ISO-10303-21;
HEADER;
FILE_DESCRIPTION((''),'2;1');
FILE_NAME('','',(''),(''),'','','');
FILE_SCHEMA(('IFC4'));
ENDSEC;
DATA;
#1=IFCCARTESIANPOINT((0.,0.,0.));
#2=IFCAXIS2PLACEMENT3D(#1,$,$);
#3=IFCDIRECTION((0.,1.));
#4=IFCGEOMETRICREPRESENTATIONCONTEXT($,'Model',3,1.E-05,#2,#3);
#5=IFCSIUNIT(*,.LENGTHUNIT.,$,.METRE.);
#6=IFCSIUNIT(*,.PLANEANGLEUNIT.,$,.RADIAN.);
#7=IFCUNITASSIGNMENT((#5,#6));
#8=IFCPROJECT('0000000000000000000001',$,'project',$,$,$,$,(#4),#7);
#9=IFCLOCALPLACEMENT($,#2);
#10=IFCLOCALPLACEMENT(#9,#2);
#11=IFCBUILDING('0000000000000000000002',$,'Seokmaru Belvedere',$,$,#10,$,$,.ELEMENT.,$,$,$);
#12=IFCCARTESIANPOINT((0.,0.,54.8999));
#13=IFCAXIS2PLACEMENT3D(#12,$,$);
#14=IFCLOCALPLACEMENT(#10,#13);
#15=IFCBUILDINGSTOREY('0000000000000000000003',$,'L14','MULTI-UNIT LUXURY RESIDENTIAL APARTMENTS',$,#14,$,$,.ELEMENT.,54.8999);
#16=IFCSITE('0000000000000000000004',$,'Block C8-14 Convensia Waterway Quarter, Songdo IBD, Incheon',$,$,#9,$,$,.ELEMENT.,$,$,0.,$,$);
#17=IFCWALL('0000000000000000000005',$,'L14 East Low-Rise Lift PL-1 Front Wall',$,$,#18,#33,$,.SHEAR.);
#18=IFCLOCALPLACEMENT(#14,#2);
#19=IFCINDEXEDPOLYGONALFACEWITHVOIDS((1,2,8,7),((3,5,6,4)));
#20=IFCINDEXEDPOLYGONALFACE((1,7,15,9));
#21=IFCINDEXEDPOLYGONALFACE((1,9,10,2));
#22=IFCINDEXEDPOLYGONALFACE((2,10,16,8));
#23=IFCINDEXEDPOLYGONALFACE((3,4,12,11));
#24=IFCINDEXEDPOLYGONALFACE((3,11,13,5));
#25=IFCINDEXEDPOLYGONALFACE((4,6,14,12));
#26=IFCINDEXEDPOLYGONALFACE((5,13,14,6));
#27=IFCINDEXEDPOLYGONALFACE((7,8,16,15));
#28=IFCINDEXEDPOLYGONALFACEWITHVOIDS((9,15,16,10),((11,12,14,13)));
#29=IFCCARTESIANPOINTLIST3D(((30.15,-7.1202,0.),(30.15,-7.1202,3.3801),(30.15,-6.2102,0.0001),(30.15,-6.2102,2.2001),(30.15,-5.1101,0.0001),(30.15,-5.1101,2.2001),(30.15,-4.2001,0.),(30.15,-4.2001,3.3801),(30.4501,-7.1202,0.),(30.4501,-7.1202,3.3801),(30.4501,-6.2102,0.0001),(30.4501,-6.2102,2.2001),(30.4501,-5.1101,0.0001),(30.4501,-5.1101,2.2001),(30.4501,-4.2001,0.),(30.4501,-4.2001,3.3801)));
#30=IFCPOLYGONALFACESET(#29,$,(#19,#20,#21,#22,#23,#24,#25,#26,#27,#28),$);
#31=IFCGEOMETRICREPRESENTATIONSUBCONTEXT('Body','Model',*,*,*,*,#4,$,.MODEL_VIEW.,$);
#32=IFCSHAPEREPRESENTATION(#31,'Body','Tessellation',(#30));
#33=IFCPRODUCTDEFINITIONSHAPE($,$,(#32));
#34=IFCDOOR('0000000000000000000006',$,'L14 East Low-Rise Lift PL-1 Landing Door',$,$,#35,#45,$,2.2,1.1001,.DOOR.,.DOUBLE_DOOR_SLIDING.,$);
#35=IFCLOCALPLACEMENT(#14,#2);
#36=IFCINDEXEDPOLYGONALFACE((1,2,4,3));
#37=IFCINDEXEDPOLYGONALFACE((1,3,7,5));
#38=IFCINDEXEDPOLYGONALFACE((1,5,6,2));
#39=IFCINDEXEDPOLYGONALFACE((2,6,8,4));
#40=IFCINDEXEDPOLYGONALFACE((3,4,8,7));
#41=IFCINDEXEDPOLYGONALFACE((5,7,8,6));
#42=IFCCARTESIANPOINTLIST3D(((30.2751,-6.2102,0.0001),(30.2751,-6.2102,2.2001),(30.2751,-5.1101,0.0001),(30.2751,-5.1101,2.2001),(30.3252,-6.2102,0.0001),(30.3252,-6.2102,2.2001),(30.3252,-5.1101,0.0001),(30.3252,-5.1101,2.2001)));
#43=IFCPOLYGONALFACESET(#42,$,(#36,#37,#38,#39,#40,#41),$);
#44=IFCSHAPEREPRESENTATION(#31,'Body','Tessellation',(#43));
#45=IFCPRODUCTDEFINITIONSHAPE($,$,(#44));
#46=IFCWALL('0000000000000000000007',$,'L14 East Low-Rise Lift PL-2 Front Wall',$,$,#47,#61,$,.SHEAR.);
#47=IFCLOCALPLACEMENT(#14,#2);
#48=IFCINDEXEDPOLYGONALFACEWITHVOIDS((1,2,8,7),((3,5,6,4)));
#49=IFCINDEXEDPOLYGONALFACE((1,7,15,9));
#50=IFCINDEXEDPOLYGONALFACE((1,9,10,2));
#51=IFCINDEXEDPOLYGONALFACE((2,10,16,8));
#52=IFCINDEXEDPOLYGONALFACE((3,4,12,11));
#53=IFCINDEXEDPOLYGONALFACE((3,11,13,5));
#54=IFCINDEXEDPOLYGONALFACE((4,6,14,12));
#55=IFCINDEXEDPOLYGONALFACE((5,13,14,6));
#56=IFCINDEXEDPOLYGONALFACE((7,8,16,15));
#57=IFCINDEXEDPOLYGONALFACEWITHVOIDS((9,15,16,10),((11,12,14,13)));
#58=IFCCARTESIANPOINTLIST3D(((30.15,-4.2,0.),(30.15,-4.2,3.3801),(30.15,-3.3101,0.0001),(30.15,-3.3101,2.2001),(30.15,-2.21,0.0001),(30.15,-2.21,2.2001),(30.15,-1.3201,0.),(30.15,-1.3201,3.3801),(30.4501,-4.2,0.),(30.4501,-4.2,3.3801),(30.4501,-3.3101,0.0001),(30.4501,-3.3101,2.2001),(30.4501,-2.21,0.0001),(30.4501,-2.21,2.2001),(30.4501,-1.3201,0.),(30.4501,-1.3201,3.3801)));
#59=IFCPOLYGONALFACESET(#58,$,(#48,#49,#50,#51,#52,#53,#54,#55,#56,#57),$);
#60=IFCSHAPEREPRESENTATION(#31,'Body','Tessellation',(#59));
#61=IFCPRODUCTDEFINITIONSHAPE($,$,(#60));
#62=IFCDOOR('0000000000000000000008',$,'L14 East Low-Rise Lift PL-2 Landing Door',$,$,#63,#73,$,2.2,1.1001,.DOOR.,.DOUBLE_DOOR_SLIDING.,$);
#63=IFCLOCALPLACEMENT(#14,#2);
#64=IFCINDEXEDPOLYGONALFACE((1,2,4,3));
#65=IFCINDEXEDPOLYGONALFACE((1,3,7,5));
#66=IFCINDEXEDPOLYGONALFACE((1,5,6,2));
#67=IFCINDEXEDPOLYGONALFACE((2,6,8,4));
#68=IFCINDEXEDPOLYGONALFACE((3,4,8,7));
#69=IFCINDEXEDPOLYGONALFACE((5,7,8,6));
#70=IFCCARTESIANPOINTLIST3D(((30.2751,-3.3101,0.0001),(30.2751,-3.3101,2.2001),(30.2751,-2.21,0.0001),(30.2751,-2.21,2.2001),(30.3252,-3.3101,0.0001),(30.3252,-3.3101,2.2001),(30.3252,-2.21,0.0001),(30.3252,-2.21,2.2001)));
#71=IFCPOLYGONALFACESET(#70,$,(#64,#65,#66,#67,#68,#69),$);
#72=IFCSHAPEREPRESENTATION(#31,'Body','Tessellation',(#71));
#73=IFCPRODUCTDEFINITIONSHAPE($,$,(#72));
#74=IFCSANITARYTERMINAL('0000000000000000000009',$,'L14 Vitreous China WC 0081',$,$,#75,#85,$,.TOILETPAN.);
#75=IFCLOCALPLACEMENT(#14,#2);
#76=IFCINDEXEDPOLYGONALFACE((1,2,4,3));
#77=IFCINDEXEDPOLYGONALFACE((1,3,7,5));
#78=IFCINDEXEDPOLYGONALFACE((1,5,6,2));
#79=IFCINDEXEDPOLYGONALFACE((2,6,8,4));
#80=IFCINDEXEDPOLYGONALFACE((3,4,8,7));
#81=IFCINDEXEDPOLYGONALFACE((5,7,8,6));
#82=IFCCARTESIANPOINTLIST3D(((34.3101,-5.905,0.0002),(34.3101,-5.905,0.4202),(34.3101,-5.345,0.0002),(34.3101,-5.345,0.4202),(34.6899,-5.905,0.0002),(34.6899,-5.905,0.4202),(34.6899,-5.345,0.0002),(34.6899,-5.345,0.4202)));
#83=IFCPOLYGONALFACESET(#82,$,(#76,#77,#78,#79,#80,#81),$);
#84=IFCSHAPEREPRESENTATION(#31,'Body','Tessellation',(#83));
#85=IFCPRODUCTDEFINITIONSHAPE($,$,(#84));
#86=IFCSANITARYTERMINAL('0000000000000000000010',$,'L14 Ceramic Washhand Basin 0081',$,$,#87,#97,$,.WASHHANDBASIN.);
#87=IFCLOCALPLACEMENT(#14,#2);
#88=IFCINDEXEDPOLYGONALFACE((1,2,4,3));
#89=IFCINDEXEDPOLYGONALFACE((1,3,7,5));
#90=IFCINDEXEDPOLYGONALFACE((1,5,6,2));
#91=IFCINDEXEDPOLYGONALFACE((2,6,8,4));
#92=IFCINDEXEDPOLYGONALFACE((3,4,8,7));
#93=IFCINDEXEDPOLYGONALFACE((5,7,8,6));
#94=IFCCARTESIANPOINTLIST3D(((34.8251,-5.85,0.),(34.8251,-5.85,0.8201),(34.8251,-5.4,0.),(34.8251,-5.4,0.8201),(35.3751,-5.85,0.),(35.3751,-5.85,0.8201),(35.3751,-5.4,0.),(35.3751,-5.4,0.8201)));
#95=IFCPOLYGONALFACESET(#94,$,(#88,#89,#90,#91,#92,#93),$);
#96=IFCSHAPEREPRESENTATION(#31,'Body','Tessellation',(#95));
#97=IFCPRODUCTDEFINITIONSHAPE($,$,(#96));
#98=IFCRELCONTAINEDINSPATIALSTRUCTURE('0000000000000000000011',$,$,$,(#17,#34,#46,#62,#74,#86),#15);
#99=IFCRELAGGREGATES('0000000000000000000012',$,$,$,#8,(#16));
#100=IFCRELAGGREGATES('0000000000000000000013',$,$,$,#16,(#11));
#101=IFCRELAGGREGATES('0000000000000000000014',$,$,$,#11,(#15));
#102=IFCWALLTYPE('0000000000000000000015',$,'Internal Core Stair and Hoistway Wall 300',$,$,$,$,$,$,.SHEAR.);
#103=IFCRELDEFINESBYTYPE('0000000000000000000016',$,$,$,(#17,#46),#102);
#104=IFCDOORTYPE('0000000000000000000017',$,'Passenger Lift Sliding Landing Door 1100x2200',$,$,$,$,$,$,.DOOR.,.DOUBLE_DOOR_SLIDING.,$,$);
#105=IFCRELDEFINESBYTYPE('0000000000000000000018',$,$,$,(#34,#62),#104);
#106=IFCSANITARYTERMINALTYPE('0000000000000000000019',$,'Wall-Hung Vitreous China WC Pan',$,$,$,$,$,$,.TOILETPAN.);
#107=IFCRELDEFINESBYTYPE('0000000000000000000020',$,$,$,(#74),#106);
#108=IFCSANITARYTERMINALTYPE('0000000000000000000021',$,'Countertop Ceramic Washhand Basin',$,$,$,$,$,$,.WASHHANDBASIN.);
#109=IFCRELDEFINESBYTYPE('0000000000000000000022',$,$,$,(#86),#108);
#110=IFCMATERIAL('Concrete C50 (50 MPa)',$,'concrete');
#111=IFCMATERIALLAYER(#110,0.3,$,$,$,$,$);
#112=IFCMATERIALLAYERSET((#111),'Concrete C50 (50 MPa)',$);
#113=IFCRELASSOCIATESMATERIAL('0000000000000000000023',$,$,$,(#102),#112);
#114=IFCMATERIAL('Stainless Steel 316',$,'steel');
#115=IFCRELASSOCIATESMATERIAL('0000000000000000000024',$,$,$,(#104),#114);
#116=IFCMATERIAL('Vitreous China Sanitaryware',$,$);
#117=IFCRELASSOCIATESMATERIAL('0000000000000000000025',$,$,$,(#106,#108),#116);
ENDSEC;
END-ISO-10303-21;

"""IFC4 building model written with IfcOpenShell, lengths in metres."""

from ifc_helpers import new_model, si_unit, direction, frame, frame_2d, origin, origin_2d, place, context, subcontext, project, spatial, rectangle, extrude, source, transform, mapped, material, layer, layer_set, type_object, type_shapes, element, fill, save


model = new_model("IFC4")

# Units and contexts
model_context = context("Model", 3, precision=1e-05, world=origin(), true_north=direction((0.0, 1.0)))
body_context = subcontext(model_context, "Body", "Model", "MODEL_VIEW")
ifc_project = project(units=[si_unit("LENGTHUNIT", "METRE"), si_unit("PLANEANGLEUNIT", "RADIAN")], contexts=[model_context])

# Site, building, storey
site_placement = place(None, origin())
site = spatial("IfcSite", under=ifc_project, at=site_placement, Name="Block C8-14 Convensia Waterway Quarter, Songdo IBD, Incheon", CompositionType="ELEMENT", RefElevation=0.0)
building_placement = place(site_placement, origin())
building = spatial("IfcBuilding", under=site, at=building_placement, Name="Seokmaru Belvedere", CompositionType="ELEMENT")
storey_placement = place(building_placement, frame((0.0, 0.0, 54.8999)))
storey = spatial("IfcBuildingStorey", under=building, at=storey_placement, Name="L14", Description="MULTI-UNIT LUXURY RESIDENTIAL APARTMENTS", CompositionType="ELEMENT", Elevation=54.8999)

# Shared definitions
ifc_material_1 = material(Name="Concrete C50 (50 MPa)", Category="concrete")

# Walls, openings, doors
ifc_layer_1 = layer(ifc_material_1, 0.3)
ifc_layer_set_1 = layer_set([ifc_layer_1], Name="Concrete C50 (50 MPa)")
wall_type_1 = type_object("IfcWallType", Name="Internal Core Stair and Hoistway Wall 300", PredefinedType="SHEAR", material=ifc_layer_set_1)
wall_1_placement = place(storey_placement, frame((30.3, -7.1201, 0.0), z_axis=(0.0, 0.0, 1.0), x_axis=(0.0, 1.0, 0.0)))
wall_1 = element("IfcWall", 1, at=wall_1_placement, inside=storey, type_object=wall_type_1, Name="L14 East Low-Rise Lift PL-1 Front Wall", PredefinedType="SHEAR", context=body_context, shape_type="SweptSolid", body=[
    extrude(rectangle(XDim=2.9202, YDim=0.3, at=frame_2d((1.46, 0.0))), origin(), (0.0, 0.0, 1.0), 3.3801),
])
opening_1_placement = place(wall_1_placement, frame((0.9099, 0.0, 0.0)))
opening_1 = element("IfcOpeningElement", 2, at=opening_1_placement, cuts=wall_1, PredefinedType="OPENING", context=body_context, shape_type="SweptSolid", body=[
    extrude(rectangle(XDim=1.1001, YDim=2.2, at=frame_2d((0.55, 1.1001))), frame((0.0, 0.1602, 0.0), z_axis=(0.0, -1.0, 0.0), x_axis=(1.0, 0.0, 0.0)), (0.0, 0.0, 1.0), 0.3201),
])
ifc_material_2 = material(Name="Stainless Steel 316", Category="steel")
door_type_1 = type_object("IfcDoorType", Name="Passenger Lift Sliding Landing Door 1100x2200", OperationType="DOUBLE_DOOR_SLIDING", PredefinedType="DOOR", material=ifc_material_2)
shared_shape_1 = source(origin(), body_context, "Body", "SweptSolid", [
    extrude(rectangle(XDim=1.1001, YDim=2.2, at=frame_2d((0.55, 1.1001))), frame((0.0, 0.0249, 0.0), z_axis=(0.0, -1.0, 0.0), x_axis=(1.0, 0.0, 0.0)), (0.0, 0.0, 1.0), 0.05),
])
type_shapes(door_type_1, [shared_shape_1])
door_1_placement = place(opening_1_placement, origin())
door_1 = element("IfcDoor", 3, at=door_1_placement, inside=storey, type_object=door_type_1, Name="L14 East Low-Rise Lift PL-1 Landing Door", OperationType="DOUBLE_DOOR_SLIDING", OverallHeight=2.2, OverallWidth=1.1001, PredefinedType="DOOR", context=body_context, shape_type="MappedRepresentation", body=[
    mapped(shared_shape_1, transform((0.0, 0.0, 0.0), scale=1.0)),
])
fill(opening_1, door_1)
wall_2_placement = place(storey_placement, frame((30.3, -4.2, 0.0), z_axis=(0.0, 0.0, 1.0), x_axis=(0.0, 1.0, 0.0)))
wall_2 = element("IfcWall", 4, at=wall_2_placement, inside=storey, type_object=wall_type_1, Name="L14 East Low-Rise Lift PL-2 Front Wall", PredefinedType="SHEAR", context=body_context, shape_type="SweptSolid", body=[
    extrude(rectangle(XDim=2.8799, YDim=0.3, at=frame_2d((1.4399, 0.0))), origin(), (0.0, 0.0, 1.0), 3.3801),
])
opening_2_placement = place(wall_2_placement, frame((0.8899, 0.0, 0.0)))
opening_2 = element("IfcOpeningElement", 5, at=opening_2_placement, cuts=wall_2, PredefinedType="OPENING", context=body_context, shape_type="SweptSolid", body=[
    extrude(rectangle(XDim=1.1001, YDim=2.2, at=frame_2d((0.55, 1.1001))), frame((0.0, 0.1602, 0.0), z_axis=(0.0, -1.0, 0.0), x_axis=(1.0, 0.0, 0.0)), (0.0, 0.0, 1.0), 0.3201),
])
door_2_placement = place(opening_2_placement, origin())
door_2 = element("IfcDoor", 6, at=door_2_placement, inside=storey, type_object=door_type_1, Name="L14 East Low-Rise Lift PL-2 Landing Door", OperationType="DOUBLE_DOOR_SLIDING", OverallHeight=2.2, OverallWidth=1.1001, PredefinedType="DOOR", context=body_context, shape_type="MappedRepresentation", body=[
    mapped(shared_shape_1, transform((0.0, 0.0, 0.0), scale=1.0)),
])
fill(opening_2, door_2)

# Sanitary terminals
ifc_material_3 = material(Name="Vitreous China Sanitaryware")
sanitary_terminal_type_1 = type_object("IfcSanitaryTerminalType", Name="Wall-Hung Vitreous China WC Pan", PredefinedType="TOILETPAN", material=ifc_material_3)
shared_shape_2 = source(origin(), body_context, "Body", "SweptSolid", [
    extrude(rectangle(XDim=0.3799, YDim=0.5601, at=origin_2d()), origin(), (0.0, 0.0, 1.0), 0.4199),
])
type_shapes(sanitary_terminal_type_1, [shared_shape_2])
sanitary_terminal_1_placement = place(storey_placement, frame((34.5, -5.625, 0.0002), z_axis=(0.0, 0.0, 1.0), x_axis=(1.0, 0.0, 0.0)))
element("IfcSanitaryTerminal", 7, at=sanitary_terminal_1_placement, inside=storey, type_object=sanitary_terminal_type_1, Name="L14 Vitreous China WC 0081", PredefinedType="TOILETPAN", context=body_context, shape_type="MappedRepresentation", body=[
    mapped(shared_shape_2, transform((0.0, 0.0, 0.0), scale=1.0)),
])
sanitary_terminal_type_2 = type_object("IfcSanitaryTerminalType", Name="Countertop Ceramic Washhand Basin", PredefinedType="WASHHANDBASIN", material=ifc_material_3)
shared_shape_3 = source(origin(), body_context, "Body", "SweptSolid", [
    extrude(rectangle(XDim=0.55, YDim=0.45, at=origin_2d()), origin(), (0.0, 0.0, 1.0), 0.8201),
])
type_shapes(sanitary_terminal_type_2, [shared_shape_3])
sanitary_terminal_2_placement = place(storey_placement, frame((35.1001, -5.625, 0.0), z_axis=(0.0, 0.0, 1.0), x_axis=(1.0, 0.0, 0.0)))
element("IfcSanitaryTerminal", 8, at=sanitary_terminal_2_placement, inside=storey, type_object=sanitary_terminal_type_2, Name="L14 Ceramic Washhand Basin 0081", PredefinedType="WASHHANDBASIN", context=body_context, shape_type="MappedRepresentation", body=[
    mapped(shared_shape_3, transform((0.0, 0.0, 0.0), scale=1.0)),
])

save(model, "model.ifc")
